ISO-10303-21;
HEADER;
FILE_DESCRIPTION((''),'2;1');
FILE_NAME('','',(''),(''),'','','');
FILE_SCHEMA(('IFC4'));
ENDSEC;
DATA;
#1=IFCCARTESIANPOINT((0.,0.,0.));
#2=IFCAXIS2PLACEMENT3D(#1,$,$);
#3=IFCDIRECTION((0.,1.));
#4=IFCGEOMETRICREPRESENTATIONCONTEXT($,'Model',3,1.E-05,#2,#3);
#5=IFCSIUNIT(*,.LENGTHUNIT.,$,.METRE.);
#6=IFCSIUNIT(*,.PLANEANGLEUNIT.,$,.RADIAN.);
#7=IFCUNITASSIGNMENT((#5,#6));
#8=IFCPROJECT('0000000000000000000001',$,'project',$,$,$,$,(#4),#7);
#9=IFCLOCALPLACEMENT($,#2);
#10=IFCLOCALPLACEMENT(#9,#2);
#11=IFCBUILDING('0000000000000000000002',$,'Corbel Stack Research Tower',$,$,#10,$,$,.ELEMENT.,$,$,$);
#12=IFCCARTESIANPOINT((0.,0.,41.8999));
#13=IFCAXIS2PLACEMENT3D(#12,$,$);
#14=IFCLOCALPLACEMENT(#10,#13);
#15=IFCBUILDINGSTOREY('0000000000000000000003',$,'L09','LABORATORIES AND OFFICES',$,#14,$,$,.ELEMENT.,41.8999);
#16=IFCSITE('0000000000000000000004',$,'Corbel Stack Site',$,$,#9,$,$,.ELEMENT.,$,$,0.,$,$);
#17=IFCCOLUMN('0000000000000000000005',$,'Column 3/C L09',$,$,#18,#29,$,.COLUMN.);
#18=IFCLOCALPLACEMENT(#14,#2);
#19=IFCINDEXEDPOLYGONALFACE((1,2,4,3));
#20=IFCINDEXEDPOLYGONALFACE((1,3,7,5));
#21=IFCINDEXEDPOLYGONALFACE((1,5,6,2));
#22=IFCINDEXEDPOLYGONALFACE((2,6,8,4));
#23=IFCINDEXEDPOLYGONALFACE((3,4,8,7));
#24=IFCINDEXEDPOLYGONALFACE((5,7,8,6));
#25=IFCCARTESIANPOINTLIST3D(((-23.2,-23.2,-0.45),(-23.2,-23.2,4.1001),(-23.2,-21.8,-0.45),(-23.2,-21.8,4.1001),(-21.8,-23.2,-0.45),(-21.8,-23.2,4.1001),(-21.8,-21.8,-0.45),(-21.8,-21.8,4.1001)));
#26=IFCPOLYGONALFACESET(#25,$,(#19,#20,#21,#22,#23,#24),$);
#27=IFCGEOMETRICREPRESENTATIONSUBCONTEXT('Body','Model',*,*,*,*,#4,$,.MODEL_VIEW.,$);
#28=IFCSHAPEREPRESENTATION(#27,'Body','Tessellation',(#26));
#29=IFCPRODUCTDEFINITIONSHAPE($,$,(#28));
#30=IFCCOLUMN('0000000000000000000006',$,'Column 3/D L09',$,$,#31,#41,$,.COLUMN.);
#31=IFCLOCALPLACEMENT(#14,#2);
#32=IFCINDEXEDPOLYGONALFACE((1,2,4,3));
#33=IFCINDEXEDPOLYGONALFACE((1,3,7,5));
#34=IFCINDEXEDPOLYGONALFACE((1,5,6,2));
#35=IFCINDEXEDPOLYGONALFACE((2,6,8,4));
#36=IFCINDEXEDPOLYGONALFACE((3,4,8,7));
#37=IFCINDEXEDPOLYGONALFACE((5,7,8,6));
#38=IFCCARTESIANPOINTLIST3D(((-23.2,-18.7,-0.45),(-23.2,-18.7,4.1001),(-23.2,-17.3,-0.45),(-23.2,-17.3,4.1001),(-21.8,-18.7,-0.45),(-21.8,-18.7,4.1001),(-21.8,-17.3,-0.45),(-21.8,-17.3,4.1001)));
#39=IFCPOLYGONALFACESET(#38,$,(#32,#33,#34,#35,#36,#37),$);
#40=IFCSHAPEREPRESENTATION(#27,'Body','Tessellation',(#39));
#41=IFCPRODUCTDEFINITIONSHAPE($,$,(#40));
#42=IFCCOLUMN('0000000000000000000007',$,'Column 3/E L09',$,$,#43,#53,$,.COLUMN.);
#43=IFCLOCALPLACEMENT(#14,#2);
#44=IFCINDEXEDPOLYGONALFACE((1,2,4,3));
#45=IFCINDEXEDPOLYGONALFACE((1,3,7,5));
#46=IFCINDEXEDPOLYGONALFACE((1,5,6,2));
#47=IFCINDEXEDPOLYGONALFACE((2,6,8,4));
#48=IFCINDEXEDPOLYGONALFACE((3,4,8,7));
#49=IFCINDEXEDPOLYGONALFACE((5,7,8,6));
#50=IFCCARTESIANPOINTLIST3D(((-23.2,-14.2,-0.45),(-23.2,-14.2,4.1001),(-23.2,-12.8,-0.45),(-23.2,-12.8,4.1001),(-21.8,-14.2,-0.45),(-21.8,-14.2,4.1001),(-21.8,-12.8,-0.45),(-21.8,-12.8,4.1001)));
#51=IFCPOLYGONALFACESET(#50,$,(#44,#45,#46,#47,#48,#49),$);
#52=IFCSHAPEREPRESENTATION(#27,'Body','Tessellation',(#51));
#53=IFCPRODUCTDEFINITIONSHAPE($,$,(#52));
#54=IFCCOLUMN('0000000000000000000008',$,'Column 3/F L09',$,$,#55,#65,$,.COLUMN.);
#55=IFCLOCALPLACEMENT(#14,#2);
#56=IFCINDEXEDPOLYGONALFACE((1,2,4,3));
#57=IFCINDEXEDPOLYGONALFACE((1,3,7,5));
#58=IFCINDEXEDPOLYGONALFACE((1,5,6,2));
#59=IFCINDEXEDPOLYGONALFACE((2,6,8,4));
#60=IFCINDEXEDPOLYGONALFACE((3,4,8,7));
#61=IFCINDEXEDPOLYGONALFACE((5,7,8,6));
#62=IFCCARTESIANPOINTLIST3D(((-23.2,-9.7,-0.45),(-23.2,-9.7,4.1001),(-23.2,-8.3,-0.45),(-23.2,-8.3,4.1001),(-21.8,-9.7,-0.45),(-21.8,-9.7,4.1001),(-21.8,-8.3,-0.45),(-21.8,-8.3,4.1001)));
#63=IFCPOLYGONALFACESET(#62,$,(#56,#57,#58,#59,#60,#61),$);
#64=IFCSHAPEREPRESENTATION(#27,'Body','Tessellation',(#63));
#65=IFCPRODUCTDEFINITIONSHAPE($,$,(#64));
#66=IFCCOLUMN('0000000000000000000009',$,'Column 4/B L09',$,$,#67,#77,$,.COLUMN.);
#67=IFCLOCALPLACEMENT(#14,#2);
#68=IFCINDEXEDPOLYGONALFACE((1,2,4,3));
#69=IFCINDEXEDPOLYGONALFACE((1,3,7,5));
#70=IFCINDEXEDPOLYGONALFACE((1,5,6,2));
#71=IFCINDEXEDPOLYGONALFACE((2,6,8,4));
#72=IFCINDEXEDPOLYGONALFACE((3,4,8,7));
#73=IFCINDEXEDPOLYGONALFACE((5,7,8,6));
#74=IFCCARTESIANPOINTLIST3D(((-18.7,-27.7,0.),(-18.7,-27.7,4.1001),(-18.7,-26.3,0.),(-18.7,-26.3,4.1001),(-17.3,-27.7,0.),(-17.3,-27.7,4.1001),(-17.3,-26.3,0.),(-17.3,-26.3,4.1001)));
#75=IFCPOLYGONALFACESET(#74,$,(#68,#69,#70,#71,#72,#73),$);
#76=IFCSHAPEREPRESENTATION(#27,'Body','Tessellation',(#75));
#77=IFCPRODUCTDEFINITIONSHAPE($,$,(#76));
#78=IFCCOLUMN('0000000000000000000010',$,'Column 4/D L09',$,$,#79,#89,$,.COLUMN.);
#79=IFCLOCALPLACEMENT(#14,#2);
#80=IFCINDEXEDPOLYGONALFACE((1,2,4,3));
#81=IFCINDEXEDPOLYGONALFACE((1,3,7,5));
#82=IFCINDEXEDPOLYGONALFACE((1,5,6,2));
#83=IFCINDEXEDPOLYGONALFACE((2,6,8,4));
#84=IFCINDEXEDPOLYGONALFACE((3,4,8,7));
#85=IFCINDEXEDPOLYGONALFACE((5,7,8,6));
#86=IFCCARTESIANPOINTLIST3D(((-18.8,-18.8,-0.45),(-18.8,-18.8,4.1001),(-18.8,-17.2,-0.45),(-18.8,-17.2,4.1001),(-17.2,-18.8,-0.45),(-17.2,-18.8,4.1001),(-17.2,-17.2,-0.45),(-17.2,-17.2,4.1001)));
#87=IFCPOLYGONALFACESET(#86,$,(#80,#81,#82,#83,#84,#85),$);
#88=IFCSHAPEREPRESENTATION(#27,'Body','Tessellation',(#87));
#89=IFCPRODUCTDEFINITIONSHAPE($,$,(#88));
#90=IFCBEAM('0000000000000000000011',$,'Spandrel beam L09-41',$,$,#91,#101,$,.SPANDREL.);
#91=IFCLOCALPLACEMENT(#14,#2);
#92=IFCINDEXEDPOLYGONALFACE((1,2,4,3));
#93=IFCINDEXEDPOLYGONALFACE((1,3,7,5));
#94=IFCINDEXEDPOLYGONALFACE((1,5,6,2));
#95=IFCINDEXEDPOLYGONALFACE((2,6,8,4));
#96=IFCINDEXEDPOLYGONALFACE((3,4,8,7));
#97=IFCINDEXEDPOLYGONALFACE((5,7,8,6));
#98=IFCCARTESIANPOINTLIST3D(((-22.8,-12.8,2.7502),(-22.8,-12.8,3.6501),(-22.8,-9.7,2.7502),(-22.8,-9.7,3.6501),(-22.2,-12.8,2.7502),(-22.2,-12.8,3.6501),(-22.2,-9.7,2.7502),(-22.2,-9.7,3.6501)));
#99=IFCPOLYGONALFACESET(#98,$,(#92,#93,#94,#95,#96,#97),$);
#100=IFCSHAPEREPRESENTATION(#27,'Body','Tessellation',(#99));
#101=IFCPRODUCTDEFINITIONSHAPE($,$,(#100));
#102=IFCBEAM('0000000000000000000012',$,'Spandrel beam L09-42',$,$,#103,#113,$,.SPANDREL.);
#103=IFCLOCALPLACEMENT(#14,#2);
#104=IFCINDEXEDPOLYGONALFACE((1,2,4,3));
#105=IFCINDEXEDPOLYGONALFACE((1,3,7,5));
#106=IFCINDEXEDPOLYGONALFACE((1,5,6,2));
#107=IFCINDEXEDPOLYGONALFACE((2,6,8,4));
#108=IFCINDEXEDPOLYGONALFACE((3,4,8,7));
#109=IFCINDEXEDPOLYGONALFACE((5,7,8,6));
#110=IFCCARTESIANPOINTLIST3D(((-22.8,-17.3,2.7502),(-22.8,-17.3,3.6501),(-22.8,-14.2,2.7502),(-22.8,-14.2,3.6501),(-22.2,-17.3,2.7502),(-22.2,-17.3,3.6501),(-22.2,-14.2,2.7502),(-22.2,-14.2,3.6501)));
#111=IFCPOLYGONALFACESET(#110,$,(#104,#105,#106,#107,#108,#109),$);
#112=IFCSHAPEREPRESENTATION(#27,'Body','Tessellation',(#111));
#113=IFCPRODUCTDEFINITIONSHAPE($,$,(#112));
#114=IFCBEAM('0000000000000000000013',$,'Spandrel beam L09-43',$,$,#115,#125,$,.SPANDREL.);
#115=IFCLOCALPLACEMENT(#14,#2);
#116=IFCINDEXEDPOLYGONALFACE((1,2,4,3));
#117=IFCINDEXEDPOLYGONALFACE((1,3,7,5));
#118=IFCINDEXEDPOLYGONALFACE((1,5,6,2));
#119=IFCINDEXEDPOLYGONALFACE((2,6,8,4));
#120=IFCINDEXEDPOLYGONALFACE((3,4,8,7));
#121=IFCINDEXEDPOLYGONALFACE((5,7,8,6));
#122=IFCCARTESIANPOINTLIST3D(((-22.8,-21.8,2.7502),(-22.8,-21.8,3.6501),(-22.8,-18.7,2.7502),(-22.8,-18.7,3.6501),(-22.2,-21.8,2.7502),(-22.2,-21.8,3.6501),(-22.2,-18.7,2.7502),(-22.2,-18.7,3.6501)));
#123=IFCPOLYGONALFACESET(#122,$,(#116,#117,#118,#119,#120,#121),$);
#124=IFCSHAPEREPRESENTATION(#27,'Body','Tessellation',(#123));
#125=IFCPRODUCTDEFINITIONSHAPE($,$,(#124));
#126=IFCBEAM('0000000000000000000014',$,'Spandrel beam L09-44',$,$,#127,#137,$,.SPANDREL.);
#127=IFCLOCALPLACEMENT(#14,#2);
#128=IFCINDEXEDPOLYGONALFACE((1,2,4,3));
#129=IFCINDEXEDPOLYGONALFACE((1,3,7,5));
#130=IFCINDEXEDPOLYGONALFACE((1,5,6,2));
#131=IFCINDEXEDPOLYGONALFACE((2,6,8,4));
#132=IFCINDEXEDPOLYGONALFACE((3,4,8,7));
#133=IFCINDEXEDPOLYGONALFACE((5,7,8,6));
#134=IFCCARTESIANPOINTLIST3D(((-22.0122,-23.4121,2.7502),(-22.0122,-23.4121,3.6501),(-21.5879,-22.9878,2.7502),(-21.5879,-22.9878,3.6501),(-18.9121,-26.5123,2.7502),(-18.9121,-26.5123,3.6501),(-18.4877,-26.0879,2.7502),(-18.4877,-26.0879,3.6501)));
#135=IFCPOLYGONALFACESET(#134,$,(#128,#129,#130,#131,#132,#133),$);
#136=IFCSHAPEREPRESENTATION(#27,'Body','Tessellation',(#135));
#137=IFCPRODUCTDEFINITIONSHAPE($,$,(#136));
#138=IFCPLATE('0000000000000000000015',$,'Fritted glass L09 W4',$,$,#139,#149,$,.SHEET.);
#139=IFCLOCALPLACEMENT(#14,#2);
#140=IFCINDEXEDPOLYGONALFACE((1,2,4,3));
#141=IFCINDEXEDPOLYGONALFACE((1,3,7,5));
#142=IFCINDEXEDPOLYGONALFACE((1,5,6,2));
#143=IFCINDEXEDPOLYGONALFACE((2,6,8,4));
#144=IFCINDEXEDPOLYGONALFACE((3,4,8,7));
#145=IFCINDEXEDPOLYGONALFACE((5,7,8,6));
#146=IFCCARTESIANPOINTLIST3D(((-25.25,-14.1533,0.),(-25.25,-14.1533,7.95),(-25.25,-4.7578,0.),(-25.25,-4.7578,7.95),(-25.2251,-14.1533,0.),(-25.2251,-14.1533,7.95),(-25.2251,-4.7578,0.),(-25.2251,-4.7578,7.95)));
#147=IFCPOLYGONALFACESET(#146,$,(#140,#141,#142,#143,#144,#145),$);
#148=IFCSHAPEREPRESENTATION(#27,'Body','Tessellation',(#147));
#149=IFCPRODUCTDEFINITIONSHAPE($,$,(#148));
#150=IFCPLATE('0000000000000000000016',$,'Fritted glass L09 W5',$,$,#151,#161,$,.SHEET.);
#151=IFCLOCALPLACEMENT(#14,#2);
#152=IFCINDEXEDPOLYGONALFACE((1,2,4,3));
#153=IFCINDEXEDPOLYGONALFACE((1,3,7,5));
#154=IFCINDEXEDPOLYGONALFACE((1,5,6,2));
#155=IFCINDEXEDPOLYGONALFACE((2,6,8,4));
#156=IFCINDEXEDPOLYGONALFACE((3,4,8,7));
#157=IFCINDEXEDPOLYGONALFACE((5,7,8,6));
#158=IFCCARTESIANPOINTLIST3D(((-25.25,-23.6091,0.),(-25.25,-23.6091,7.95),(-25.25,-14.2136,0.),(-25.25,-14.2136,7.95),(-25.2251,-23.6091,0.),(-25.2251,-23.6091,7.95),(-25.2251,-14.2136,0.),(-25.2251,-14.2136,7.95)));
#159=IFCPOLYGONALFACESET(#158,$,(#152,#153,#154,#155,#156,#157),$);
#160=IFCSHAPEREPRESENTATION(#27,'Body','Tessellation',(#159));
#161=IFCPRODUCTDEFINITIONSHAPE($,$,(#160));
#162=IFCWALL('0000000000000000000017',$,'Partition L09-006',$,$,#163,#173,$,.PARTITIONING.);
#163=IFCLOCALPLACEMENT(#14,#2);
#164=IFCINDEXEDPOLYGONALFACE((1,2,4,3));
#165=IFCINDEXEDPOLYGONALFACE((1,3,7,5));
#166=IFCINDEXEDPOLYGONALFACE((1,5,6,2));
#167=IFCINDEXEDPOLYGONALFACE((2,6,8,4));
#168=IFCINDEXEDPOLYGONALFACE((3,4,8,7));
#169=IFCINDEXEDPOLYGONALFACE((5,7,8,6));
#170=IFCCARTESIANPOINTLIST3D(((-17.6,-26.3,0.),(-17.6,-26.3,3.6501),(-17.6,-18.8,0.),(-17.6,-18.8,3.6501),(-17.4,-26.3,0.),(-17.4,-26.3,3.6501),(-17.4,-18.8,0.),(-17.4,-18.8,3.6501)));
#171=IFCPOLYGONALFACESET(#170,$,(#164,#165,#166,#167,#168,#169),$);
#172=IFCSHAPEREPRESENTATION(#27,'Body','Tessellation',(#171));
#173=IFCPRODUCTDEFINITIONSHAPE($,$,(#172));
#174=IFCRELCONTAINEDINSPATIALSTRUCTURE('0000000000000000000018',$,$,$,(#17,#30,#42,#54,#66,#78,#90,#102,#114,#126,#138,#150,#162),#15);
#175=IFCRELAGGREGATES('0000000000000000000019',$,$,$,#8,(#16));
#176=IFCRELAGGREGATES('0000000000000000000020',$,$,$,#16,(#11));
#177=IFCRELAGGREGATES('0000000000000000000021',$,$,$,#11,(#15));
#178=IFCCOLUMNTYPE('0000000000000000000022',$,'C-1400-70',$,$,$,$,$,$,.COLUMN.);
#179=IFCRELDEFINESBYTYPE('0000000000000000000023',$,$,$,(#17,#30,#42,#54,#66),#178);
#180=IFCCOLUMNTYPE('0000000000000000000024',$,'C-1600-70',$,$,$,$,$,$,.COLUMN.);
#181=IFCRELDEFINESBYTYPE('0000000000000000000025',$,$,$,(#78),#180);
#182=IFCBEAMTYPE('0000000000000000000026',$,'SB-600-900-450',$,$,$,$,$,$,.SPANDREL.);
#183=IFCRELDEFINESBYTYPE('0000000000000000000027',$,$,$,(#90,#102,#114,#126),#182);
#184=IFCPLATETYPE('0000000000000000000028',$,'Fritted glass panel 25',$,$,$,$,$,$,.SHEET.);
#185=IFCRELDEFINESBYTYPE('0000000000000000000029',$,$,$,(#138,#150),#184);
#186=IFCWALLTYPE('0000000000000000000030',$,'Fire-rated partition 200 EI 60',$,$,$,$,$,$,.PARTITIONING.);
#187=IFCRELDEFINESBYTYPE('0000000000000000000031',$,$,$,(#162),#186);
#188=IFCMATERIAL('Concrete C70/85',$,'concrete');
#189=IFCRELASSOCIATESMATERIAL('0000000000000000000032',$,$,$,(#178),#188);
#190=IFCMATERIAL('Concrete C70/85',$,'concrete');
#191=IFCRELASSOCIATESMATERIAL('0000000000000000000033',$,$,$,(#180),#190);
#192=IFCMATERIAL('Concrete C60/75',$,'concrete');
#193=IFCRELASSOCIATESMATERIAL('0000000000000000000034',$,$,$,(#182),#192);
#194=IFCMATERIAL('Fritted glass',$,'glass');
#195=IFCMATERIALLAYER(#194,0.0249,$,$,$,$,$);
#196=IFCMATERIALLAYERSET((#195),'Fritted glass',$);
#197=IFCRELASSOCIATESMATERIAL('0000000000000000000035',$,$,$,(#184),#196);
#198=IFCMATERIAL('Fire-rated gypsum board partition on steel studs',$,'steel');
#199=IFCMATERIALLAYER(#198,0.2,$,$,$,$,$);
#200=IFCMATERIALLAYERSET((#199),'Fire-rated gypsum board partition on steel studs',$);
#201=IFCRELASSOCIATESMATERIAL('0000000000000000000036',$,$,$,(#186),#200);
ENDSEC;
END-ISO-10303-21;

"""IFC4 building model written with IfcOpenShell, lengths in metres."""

from ifc_helpers import new_model, si_unit, direction, frame, frame_2d, origin, origin_2d, place, context, subcontext, project, spatial, rectangle, extrude, material, layer, layer_set, material_profile, profile_set, type_object, element, save


model = new_model("IFC4")

# Units and contexts
model_context = context("Model", 3, precision=1e-05, world=origin(), true_north=direction((0.0, 1.0)))
body_context = subcontext(model_context, "Body", "Model", "MODEL_VIEW")
ifc_project = project(units=[si_unit("LENGTHUNIT", "METRE"), si_unit("PLANEANGLEUNIT", "RADIAN")], contexts=[model_context])

# Site, building, storey
site_placement = place(None, origin())
site = spatial("IfcSite", under=ifc_project, at=site_placement, Name="Corbel Stack Site", CompositionType="ELEMENT", RefElevation=0.0)
building_placement = place(site_placement, origin())
building = spatial("IfcBuilding", under=site, at=building_placement, Name="Corbel Stack Research Tower", CompositionType="ELEMENT")
storey_placement = place(building_placement, frame((0.0, 0.0, 41.8999)))
storey = spatial("IfcBuildingStorey", under=building, at=storey_placement, Name="L09", Description="LABORATORIES AND OFFICES", CompositionType="ELEMENT", Elevation=41.8999)

# Columns
ifc_material_1 = material(Name="Concrete C70/85", Category="concrete")
ifc_material_profile_1 = material_profile(ifc_material_1, rectangle(XDim=1.3999, YDim=1.3999, at=origin_2d()), Name="RC 1400 x 1400")
ifc_profile_set_1 = profile_set([ifc_material_profile_1], Name="Concrete C70/85")
column_type_1 = type_object("IfcColumnType", Name="C-1400-70", PredefinedType="COLUMN", material=ifc_profile_set_1)
for number, where, z_axis, x_axis, name in (
    (1, (-22.5, -22.5, -0.45), (0.0, 0.0, 1.0), (1.0, 0.0, 0.0), "Column 3/C L09"),
    (2, (-22.5, -18.0, -0.45), (0.0, 0.0, 1.0), (1.0, 0.0, 0.0), "Column 3/D L09"),
    (3, (-22.5, -13.5, -0.45), (0.0, 0.0, 1.0), (1.0, 0.0, 0.0), "Column 3/E L09"),
    (4, (-22.5, -9.0, -0.45), (0.0, 0.0, 1.0), (1.0, 0.0, 0.0), "Column 3/F L09"),
):
    element("IfcColumn", number, at=place(storey_placement, frame(where, z_axis=z_axis, x_axis=x_axis)), inside=storey, type_object=column_type_1, Name=name, PredefinedType="COLUMN", context=body_context, shape_type="SweptSolid", body=[
        extrude(rectangle(XDim=1.3999, YDim=1.3999, at=origin_2d()), origin(), (0.0, 0.0, 1.0), 4.55),
    ])
column_1_placement = place(storey_placement, frame((-18.0, -27.0, 0.0), z_axis=(0.0, 0.0, 1.0), x_axis=(1.0, 0.0, 0.0)))
element("IfcColumn", 5, at=column_1_placement, inside=storey, type_object=column_type_1, Name="Column 4/B L09", PredefinedType="COLUMN", context=body_context, shape_type="SweptSolid", body=[
    extrude(rectangle(XDim=1.3999, YDim=1.3999, at=origin_2d()), origin(), (0.0, 0.0, 1.0), 4.1001),
])
ifc_material_2 = material(Name="Concrete C70/85", Category="concrete")
ifc_material_profile_2 = material_profile(ifc_material_2, rectangle(XDim=1.6001, YDim=1.6001, at=origin_2d()), Name="RC 1600 x 1600")
ifc_profile_set_2 = profile_set([ifc_material_profile_2], Name="Concrete C70/85")
column_type_2 = type_object("IfcColumnType", Name="C-1600-70", PredefinedType="COLUMN", material=ifc_profile_set_2)
column_2_placement = place(storey_placement, frame((-18.0, -18.0, -0.45), z_axis=(0.0, 0.0, 1.0), x_axis=(1.0, 0.0, 0.0)))
element("IfcColumn", 6, at=column_2_placement, inside=storey, type_object=column_type_2, Name="Column 4/D L09", PredefinedType="COLUMN", context=body_context, shape_type="SweptSolid", body=[
    extrude(rectangle(XDim=1.6001, YDim=1.6001, at=origin_2d()), origin(), (0.0, 0.0, 1.0), 4.55),
])

# Beams
ifc_material_3 = material(Name="Concrete C60/75", Category="concrete")
ifc_material_profile_3 = material_profile(ifc_material_3, rectangle(XDim=0.6001, YDim=0.8999, at=origin_2d()), Name="RC 600 x 900")
ifc_profile_set_3 = profile_set([ifc_material_profile_3], Name="Concrete C60/75")
beam_type = type_object("IfcBeamType", Name="SB-600-900-450", PredefinedType="SPANDREL", material=ifc_profile_set_3)
for number, where, z_axis, x_axis, name in (
    (7, (-22.5, -9.7, 3.2002), (0.0, -1.0, 0.0), (1.0, 0.0, 0.0), "Spandrel beam L09-41"),
    (8, (-22.5, -14.2, 3.2002), (0.0, -1.0, 0.0), (1.0, 0.0, 0.0), "Spandrel beam L09-42"),
    (9, (-22.5, -18.7, 3.2002), (0.0, -1.0, 0.0), (1.0, 0.0, 0.0), "Spandrel beam L09-43"),
):
    element("IfcBeam", number, at=place(storey_placement, frame(where, z_axis=z_axis, x_axis=x_axis)), inside=storey, type_object=beam_type, Name=name, PredefinedType="SPANDREL", context=body_context, shape_type="SweptSolid", body=[
        extrude(rectangle(XDim=0.6001, YDim=0.8999, at=origin_2d()), origin(), (0.0, 0.0, 1.0), 3.1001),
    ])
beam_placement = place(storey_placement, frame((-21.8, -23.2, 3.2002), z_axis=(0.707107, -0.707107, 0.0), x_axis=(0.707107, 0.707107, 0.0)))
element("IfcBeam", 10, at=beam_placement, inside=storey, type_object=beam_type, Name="Spandrel beam L09-44", PredefinedType="SPANDREL", context=body_context, shape_type="SweptSolid", body=[
    extrude(rectangle(XDim=0.6001, YDim=0.8999, at=origin_2d()), origin(), (0.0, 0.0, 1.0), 4.3843),
])

# Plates
ifc_material_4 = material(Name="Fritted glass", Category="glass")
ifc_layer_1 = layer(ifc_material_4, 0.0249)
ifc_layer_set_1 = layer_set([ifc_layer_1], Name="Fritted glass")
plate_type = type_object("IfcPlateType", Name="Fritted glass panel 25", PredefinedType="SHEET", material=ifc_layer_set_1)
for number, where, z_axis, x_axis, name in (
    (11, (-25.2375, -9.4556, 0.0), (0.0, 0.0, 1.0), (0.0, -1.0, 0.0), "Fritted glass L09 W4"),
    (12, (-25.2375, -18.9114, 0.0), (0.0, 0.0, 1.0), (0.0, -1.0, 0.0), "Fritted glass L09 W5"),
):
    element("IfcPlate", number, at=place(storey_placement, frame(where, z_axis=z_axis, x_axis=x_axis)), inside=storey, type_object=plate_type, Name=name, PredefinedType="SHEET", context=body_context, shape_type="SweptSolid", body=[
        extrude(rectangle(XDim=9.3955, YDim=0.0249, at=origin_2d()), origin(), (0.0, 0.0, 1.0), 7.95),
    ])

# Wall
ifc_material_5 = material(Name="Fire-rated gypsum board partition on steel studs", Category="steel")
ifc_layer_2 = layer(ifc_material_5, 0.2)
ifc_layer_set_2 = layer_set([ifc_layer_2], Name="Fire-rated gypsum board partition on steel studs")
wall_type_1 = type_object("IfcWallType", Name="Fire-rated partition 200 EI 60", PredefinedType="PARTITIONING", material=ifc_layer_set_2)
wall_1_placement = place(storey_placement, frame((-17.5, -26.3, 0.0), z_axis=(0.0, 0.0, 1.0), x_axis=(0.0, 1.0, 0.0)))
element("IfcWall", 13, at=wall_1_placement, inside=storey, type_object=wall_type_1, Name="Partition L09-006", PredefinedType="PARTITIONING", context=body_context, shape_type="SweptSolid", body=[
    extrude(rectangle(XDim=7.5, YDim=0.2, at=frame_2d((3.75, 0.0))), origin(), (0.0, 0.0, 1.0), 3.6501),
])

save(model, "model.ifc")
